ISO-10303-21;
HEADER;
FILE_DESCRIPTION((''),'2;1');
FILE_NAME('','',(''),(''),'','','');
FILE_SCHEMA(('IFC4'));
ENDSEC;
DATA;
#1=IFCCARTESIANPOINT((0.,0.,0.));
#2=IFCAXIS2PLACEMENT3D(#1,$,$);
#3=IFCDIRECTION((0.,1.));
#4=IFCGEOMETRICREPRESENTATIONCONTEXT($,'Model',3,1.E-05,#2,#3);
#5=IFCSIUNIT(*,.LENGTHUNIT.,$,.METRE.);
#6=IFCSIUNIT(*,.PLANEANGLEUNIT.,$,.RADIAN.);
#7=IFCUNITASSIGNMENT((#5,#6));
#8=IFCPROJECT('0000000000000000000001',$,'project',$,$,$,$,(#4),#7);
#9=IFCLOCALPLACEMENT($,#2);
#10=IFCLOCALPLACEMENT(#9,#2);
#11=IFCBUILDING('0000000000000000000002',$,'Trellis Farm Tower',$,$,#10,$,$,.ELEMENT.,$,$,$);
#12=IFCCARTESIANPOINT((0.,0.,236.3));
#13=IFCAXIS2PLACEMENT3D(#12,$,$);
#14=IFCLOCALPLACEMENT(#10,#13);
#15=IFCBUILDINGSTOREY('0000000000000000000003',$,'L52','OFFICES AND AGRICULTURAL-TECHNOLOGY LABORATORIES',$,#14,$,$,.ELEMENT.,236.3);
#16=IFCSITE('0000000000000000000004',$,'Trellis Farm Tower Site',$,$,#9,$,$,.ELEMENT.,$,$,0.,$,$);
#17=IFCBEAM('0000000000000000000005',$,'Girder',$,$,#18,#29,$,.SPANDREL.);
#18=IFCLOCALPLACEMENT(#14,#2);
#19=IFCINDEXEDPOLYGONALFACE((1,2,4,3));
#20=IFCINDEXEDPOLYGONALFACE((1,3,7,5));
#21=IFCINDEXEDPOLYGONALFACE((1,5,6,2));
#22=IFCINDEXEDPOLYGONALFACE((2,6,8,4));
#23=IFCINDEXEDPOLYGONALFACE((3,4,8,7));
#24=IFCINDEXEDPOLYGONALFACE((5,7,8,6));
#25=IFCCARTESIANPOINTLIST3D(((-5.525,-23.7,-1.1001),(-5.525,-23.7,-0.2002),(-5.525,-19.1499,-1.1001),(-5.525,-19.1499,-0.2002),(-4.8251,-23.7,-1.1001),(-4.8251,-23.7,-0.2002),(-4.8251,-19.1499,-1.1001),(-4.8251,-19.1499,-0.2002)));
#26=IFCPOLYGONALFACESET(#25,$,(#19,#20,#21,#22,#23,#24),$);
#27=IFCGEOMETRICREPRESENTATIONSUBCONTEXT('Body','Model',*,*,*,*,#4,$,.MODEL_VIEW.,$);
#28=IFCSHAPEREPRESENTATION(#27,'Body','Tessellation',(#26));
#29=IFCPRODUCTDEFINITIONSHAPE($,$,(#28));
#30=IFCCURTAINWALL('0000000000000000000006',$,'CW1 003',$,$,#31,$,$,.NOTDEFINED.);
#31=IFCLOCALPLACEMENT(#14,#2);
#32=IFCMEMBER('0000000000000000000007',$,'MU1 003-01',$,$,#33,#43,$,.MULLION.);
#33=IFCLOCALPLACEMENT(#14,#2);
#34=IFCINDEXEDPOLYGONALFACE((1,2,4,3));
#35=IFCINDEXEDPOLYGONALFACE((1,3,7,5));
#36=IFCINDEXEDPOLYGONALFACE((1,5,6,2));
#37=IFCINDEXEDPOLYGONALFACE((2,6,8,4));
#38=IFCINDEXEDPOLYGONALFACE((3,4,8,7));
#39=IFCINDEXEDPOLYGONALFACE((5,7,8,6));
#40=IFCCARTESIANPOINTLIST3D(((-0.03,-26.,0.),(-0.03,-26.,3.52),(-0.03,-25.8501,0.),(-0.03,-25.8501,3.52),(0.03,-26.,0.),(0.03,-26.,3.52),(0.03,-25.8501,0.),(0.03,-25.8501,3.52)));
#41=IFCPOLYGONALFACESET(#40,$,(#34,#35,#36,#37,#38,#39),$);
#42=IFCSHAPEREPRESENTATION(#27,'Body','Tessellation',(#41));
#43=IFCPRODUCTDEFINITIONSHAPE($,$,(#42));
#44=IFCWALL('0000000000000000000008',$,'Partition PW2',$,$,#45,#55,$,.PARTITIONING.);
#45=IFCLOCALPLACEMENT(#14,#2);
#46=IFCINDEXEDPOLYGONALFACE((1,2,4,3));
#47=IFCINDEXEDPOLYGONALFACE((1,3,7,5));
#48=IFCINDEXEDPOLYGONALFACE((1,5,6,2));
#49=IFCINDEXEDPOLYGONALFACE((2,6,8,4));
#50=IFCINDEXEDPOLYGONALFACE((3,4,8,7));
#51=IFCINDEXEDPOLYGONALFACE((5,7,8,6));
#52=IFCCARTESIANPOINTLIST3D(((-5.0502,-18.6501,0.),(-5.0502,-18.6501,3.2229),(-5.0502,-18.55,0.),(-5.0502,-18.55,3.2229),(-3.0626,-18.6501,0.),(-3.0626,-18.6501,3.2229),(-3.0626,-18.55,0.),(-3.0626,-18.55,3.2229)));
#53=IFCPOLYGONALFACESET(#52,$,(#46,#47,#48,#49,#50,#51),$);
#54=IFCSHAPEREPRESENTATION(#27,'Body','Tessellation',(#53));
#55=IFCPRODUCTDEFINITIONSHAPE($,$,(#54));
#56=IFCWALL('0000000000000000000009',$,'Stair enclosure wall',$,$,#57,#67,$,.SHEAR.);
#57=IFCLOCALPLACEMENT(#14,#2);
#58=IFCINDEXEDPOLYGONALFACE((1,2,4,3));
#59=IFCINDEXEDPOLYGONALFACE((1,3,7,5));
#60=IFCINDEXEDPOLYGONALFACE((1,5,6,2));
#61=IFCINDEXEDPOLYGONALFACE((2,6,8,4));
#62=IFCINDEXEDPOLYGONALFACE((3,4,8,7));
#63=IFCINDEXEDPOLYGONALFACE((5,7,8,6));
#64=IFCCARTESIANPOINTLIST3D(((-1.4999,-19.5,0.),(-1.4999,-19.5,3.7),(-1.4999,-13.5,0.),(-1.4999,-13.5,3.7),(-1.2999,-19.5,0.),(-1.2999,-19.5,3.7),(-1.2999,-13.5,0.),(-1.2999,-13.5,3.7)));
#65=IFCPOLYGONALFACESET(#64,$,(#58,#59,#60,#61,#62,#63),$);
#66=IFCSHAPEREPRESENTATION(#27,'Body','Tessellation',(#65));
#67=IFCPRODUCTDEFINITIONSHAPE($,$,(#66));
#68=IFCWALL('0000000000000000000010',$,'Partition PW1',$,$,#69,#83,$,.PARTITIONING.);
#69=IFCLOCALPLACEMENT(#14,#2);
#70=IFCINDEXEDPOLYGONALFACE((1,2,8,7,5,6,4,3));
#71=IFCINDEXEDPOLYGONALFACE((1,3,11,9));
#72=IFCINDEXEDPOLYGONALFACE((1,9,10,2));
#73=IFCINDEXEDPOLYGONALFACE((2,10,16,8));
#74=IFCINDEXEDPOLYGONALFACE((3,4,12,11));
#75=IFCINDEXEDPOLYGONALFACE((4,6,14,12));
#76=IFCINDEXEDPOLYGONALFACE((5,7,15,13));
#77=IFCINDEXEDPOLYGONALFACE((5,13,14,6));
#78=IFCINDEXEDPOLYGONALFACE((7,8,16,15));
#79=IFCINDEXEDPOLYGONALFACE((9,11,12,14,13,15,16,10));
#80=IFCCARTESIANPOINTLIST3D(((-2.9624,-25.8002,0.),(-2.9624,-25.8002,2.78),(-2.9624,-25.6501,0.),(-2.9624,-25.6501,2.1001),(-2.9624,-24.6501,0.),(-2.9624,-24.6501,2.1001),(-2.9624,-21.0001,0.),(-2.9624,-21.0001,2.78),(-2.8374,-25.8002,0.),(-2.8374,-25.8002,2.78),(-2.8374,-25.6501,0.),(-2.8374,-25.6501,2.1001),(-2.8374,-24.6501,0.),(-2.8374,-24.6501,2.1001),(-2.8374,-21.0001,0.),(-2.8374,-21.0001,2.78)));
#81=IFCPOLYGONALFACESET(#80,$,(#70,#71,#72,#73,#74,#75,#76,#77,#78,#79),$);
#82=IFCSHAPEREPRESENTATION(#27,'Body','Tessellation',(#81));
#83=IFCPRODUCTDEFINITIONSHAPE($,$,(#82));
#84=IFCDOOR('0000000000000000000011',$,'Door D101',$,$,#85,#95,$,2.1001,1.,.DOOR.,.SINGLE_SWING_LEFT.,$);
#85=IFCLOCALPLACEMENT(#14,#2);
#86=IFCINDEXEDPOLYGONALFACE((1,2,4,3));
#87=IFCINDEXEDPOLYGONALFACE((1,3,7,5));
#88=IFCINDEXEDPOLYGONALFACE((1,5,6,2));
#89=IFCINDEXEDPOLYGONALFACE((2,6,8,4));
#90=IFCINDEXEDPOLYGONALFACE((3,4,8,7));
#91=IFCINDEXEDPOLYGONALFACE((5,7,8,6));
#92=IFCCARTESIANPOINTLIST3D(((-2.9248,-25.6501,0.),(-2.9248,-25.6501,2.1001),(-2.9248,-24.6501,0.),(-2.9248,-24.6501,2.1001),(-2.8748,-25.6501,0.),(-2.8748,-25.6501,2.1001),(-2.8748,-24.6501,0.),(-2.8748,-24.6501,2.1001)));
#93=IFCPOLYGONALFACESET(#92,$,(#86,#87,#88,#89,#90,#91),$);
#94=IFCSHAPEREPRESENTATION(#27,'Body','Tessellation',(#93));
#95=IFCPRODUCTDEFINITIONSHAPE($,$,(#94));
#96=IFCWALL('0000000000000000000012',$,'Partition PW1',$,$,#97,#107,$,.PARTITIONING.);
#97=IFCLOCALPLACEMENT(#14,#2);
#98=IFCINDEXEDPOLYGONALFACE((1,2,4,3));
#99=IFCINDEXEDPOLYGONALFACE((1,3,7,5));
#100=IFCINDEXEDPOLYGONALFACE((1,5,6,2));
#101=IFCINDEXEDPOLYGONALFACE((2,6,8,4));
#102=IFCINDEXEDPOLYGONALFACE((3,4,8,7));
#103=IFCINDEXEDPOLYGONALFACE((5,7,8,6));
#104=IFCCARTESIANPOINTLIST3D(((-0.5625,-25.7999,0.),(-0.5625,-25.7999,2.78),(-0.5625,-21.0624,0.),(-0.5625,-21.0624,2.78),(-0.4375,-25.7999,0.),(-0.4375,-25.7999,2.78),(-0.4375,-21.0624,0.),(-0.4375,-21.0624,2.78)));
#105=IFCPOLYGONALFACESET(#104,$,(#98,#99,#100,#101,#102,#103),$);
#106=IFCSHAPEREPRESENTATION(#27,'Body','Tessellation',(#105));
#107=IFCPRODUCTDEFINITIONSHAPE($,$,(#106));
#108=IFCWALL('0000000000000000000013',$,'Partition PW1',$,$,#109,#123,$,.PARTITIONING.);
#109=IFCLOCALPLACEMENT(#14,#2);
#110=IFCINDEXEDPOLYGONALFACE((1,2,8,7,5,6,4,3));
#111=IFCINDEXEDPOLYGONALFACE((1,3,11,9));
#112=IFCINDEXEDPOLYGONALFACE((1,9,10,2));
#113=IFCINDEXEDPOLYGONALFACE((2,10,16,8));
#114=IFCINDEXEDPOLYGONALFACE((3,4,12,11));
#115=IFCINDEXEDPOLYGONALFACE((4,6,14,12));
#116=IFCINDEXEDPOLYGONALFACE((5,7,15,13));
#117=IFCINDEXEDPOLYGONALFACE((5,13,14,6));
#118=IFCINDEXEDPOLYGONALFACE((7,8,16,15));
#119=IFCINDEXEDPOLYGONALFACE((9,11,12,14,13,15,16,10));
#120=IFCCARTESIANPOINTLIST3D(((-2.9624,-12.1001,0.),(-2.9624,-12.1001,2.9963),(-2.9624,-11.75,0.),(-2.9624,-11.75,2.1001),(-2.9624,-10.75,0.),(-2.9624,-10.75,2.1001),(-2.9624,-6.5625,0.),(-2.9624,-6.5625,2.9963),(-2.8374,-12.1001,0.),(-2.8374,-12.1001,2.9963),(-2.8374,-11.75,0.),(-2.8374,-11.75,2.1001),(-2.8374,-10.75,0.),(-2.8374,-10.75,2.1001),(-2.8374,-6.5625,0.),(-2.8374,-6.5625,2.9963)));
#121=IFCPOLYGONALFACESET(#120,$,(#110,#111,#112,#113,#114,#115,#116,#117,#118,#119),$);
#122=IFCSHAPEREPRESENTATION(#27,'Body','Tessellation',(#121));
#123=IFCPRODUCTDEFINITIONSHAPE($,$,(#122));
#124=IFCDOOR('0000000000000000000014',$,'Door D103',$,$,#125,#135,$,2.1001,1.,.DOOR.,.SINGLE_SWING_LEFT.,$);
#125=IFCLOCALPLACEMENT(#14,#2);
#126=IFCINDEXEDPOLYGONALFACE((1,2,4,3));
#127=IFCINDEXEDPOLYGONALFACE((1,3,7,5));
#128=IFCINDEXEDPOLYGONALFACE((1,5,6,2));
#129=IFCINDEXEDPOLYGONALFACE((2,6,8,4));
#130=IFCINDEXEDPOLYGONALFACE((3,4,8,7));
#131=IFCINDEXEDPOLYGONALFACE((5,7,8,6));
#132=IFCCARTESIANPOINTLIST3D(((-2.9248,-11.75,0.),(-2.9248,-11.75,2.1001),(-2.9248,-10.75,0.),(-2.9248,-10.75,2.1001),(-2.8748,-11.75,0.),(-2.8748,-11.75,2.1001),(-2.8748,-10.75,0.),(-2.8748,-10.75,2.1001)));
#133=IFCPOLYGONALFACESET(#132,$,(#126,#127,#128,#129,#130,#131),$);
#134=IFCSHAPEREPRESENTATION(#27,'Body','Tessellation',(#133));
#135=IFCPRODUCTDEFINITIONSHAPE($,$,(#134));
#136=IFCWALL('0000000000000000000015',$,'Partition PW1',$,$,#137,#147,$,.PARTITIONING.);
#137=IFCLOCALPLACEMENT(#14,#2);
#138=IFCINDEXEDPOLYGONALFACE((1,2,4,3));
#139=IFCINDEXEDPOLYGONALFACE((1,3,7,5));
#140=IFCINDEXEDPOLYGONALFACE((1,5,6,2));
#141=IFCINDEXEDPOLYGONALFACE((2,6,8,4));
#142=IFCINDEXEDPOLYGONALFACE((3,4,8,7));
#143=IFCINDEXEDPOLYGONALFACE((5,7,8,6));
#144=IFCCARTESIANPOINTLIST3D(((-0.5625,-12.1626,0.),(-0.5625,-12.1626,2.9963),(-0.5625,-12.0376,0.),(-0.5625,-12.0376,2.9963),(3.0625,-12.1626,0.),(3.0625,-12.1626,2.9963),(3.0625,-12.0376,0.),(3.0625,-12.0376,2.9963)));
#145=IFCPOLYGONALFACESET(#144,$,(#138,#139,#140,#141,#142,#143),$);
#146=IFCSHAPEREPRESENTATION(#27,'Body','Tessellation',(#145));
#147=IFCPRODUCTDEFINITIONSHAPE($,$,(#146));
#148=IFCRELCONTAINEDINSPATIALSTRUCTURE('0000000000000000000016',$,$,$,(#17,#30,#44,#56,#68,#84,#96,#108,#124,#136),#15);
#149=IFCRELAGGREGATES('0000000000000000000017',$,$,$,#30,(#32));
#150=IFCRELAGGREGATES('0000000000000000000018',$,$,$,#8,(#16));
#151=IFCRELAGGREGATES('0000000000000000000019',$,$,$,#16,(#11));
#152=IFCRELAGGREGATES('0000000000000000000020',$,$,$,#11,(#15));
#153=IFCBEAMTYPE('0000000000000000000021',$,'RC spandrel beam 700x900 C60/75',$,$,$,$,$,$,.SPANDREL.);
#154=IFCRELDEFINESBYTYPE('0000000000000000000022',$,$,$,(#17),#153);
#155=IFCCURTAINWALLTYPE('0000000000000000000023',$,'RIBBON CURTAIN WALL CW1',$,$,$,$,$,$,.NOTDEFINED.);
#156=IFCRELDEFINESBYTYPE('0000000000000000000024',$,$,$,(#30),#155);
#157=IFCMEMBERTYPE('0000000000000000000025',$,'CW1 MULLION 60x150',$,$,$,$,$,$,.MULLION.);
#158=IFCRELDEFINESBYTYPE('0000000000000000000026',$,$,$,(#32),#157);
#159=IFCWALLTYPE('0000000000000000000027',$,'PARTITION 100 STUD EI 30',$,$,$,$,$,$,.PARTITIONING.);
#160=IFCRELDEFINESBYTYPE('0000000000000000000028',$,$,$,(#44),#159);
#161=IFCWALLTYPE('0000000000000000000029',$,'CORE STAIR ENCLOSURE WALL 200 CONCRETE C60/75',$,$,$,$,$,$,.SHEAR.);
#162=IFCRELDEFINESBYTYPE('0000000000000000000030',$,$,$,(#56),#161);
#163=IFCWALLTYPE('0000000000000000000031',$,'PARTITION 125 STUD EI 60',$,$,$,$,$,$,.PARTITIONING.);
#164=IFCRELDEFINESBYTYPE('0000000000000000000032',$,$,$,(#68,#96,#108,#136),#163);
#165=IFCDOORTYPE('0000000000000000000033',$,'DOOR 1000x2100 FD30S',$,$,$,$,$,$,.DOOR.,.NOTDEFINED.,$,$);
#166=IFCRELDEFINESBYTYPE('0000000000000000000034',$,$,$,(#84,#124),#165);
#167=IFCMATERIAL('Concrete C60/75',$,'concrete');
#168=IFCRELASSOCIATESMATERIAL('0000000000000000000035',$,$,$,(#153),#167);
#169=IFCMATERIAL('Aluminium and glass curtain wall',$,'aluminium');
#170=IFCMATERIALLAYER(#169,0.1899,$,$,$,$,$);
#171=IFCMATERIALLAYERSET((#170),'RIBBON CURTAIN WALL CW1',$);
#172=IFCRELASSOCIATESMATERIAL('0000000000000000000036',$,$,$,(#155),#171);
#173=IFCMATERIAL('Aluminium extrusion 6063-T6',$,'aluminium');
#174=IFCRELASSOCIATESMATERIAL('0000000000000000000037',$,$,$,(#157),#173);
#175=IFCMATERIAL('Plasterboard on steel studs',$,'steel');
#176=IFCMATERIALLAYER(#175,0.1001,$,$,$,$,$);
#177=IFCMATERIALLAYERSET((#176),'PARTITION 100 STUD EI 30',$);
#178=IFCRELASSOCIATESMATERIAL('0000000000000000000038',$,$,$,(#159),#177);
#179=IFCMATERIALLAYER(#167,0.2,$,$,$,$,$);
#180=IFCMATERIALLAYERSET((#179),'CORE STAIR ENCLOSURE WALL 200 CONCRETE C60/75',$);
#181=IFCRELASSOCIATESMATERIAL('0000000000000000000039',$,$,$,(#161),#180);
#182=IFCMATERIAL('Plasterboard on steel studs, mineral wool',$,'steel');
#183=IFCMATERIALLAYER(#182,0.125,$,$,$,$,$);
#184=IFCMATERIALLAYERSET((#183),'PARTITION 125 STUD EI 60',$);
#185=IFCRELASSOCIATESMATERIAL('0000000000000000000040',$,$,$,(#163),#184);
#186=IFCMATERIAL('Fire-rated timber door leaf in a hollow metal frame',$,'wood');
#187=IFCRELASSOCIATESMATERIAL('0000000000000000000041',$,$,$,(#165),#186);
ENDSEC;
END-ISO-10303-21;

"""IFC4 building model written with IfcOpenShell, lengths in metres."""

from ifc_helpers import new_model, si_unit, direction, frame, frame_2d, origin, origin_2d, place, context, subcontext, project, spatial, rectangle, extrude, source, transform, mapped, material, layer, layer_set, material_profile, profile_set, type_object, element, fill, aggregate, save


model = new_model("IFC4")

# Units and contexts
model_context = context("Model", 3, precision=1e-05, world=origin(), true_north=direction((0.0, 1.0)))
body_context = subcontext(model_context, "Body", "Model", "MODEL_VIEW")
ifc_project = project(units=[si_unit("LENGTHUNIT", "METRE"), si_unit("PLANEANGLEUNIT", "RADIAN")], contexts=[model_context])

# Site, building, storey
site_placement = place(None, origin())
site = spatial("IfcSite", under=ifc_project, at=site_placement, Name="Trellis Farm Tower Site", CompositionType="ELEMENT", RefElevation=0.0)
building_placement = place(site_placement, origin())
building = spatial("IfcBuilding", under=site, at=building_placement, Name="Trellis Farm Tower", CompositionType="ELEMENT")
storey_placement = place(building_placement, frame((0.0, 0.0, 236.3)))
storey = spatial("IfcBuildingStorey", under=building, at=storey_placement, Name="L52", Description="OFFICES AND AGRICULTURAL-TECHNOLOGY LABORATORIES", CompositionType="ELEMENT", Elevation=236.3)

# Shared definitions
ifc_material_1 = material(Name="Concrete C60/75", Category="concrete")

# Beam
ifc_material_profile_1 = material_profile(ifc_material_1, rectangle(XDim=0.7, YDim=0.8999, at=origin_2d()), Name="RC spandrel beam 700x900 C60/75")
ifc_profile_set_1 = profile_set([ifc_material_profile_1], Name="Concrete C60/75")
beam_type_1 = type_object("IfcBeamType", Name="RC spandrel beam 700x900 C60/75", PredefinedType="SPANDREL", material=ifc_profile_set_1)
shared_shape_1 = source(origin(), body_context, "Body", "SweptSolid", [
    extrude(rectangle(XDim=0.7, YDim=0.8999, at=origin_2d()), origin(), (0.0, 0.0, 1.0), 4.55),
])
beam_1_placement = place(storey_placement, frame((-5.175, -23.7, -0.6501), z_axis=(0.0, 1.0, 0.0), x_axis=(-1.0, 0.0, 0.0)))
element("IfcBeam", 1, at=beam_1_placement, inside=storey, type_object=beam_type_1, Name="Girder", PredefinedType="SPANDREL", context=body_context, shape_type="MappedRepresentation", body=[
    mapped(shared_shape_1, transform((0.0, 0.0, 0.0))),
])

# Curtain wall, member
ifc_material_2 = material(Name="Aluminium and glass curtain wall", Category="aluminium")
ifc_layer_1 = layer(ifc_material_2, 0.1899)
ifc_layer_set_1 = layer_set([ifc_layer_1], Name="RIBBON CURTAIN WALL CW1")
curtain_wall_type = type_object("IfcCurtainWallType", Name="RIBBON CURTAIN WALL CW1", PredefinedType="NOTDEFINED", material=ifc_layer_set_1)
placement = place(storey_placement, origin())
curtain_wall = element("IfcCurtainWall", 2, at=placement, inside=storey, type_object=curtain_wall_type, Name="CW1 003", PredefinedType="NOTDEFINED")
ifc_material_3 = material(Name="Aluminium extrusion 6063-T6", Category="aluminium")
ifc_material_profile_2 = material_profile(ifc_material_3, rectangle(XDim=0.0601, YDim=0.1499, at=origin_2d()), Name="MULLION 60x150")
ifc_profile_set_2 = profile_set([ifc_material_profile_2], Name="Aluminium extrusion 6063-T6")
member_type = type_object("IfcMemberType", Name="CW1 MULLION 60x150", PredefinedType="MULLION", material=ifc_profile_set_2)
shared_shape_2 = source(origin(), body_context, "Body", "SweptSolid", [
    extrude(rectangle(XDim=0.0601, YDim=0.1499, at=origin_2d()), origin(), (0.0, 0.0, 1.0), 3.52),
])
member_placement = place(storey_placement, frame((0.0, -25.925, 0.0), z_axis=(0.0, 0.0, 1.0), x_axis=(1.0, 0.0, 0.0)))
member = element("IfcMember", 3, at=member_placement, type_object=member_type, Name="MU1 003-01", PredefinedType="MULLION", context=body_context, shape_type="MappedRepresentation", body=[
    mapped(shared_shape_2, transform((0.0, 0.0, 0.0))),
])
aggregate(curtain_wall, [member])

# Walls
ifc_material_4 = material(Name="Plasterboard on steel studs", Category="steel")
ifc_layer_2 = layer(ifc_material_4, 0.1001)
ifc_layer_set_2 = layer_set([ifc_layer_2], Name="PARTITION 100 STUD EI 30")
wall_type_1 = type_object("IfcWallType", Name="PARTITION 100 STUD EI 30", PredefinedType="PARTITIONING", material=ifc_layer_set_2)
wall_1_placement = place(storey_placement, frame((-5.05, -18.6001, 0.0), z_axis=(0.0, 0.0, 1.0), x_axis=(1.0, 0.0, 0.0)))
element("IfcWall", 4, at=wall_1_placement, inside=storey, type_object=wall_type_1, Name="Partition PW2", PredefinedType="PARTITIONING", context=body_context, shape_type="SweptSolid", body=[
    extrude(rectangle(XDim=1.9875, YDim=0.1001, at=frame_2d((0.9937, 0.0))), origin(), (0.0, 0.0, 1.0), 3.2229),
])
ifc_layer_3 = layer(ifc_material_1, 0.2)
ifc_layer_set_3 = layer_set([ifc_layer_3], Name="CORE STAIR ENCLOSURE WALL 200 CONCRETE C60/75")
wall_type_2 = type_object("IfcWallType", Name="CORE STAIR ENCLOSURE WALL 200 CONCRETE C60/75", PredefinedType="SHEAR", material=ifc_layer_set_3)
shared_shape_3 = source(origin(), body_context, "Body", "SweptSolid", [
    extrude(rectangle(XDim=6.0, YDim=0.2, at=frame_2d((3.0, 0.0))), origin(), (0.0, 0.0, 1.0), 3.7),
])
wall_2_placement = place(storey_placement, frame((-1.3999, -13.5, 0.0), z_axis=(0.0, 0.0, 1.0), x_axis=(0.0, -1.0, 0.0)))
element("IfcWall", 5, at=wall_2_placement, inside=storey, type_object=wall_type_2, Name="Stair enclosure wall", PredefinedType="SHEAR", context=body_context, shape_type="MappedRepresentation", body=[
    mapped(shared_shape_3, transform((0.0, 0.0, 0.0))),
])

# Wall, opening, door
ifc_material_5 = material(Name="Plasterboard on steel studs, mineral wool", Category="steel")
ifc_layer_4 = layer(ifc_material_5, 0.125)
ifc_layer_set_4 = layer_set([ifc_layer_4], Name="PARTITION 125 STUD EI 60")
wall_type_3 = type_object("IfcWallType", Name="PARTITION 125 STUD EI 60", PredefinedType="PARTITIONING", material=ifc_layer_set_4)
shared_shape_4 = source(origin(), body_context, "Body", "SweptSolid", [
    extrude(rectangle(XDim=4.8, YDim=0.125, at=frame_2d((2.3999, 0.0))), origin(), (0.0, 0.0, 1.0), 2.78),
])
wall_3_placement = place(storey_placement, frame((-2.8999, -25.8, 0.0), z_axis=(0.0, 0.0, 1.0), x_axis=(0.0, 1.0, 0.0)))
wall_3 = element("IfcWall", 6, at=wall_3_placement, inside=storey, type_object=wall_type_3, Name="Partition PW1", PredefinedType="PARTITIONING", context=body_context, shape_type="MappedRepresentation", body=[
    mapped(shared_shape_4, transform((0.0, 0.0, 0.0))),
])
shared_shape_5 = source(origin(), body_context, "Body", "SweptSolid", [
    extrude(rectangle(XDim=1.0, YDim=2.1001, at=frame_2d((0.5, 1.05))), frame((0.0, 0.0725, 0.0), z_axis=(0.0, -1.0, 0.0), x_axis=(1.0, 0.0, 0.0)), (0.0, 0.0, 1.0), 0.145),
])
opening_1_placement = place(wall_3_placement, frame((0.1499, 0.0, 0.0)))
opening_1 = element("IfcOpeningElement", 7, at=opening_1_placement, cuts=wall_3, PredefinedType="OPENING", context=body_context, shape_type="MappedRepresentation", body=[
    mapped(shared_shape_5, transform((0.0, 0.0, 0.0))),
])
ifc_material_6 = material(Name="Fire-rated timber door leaf in a hollow metal frame", Category="wood")
door_type = type_object("IfcDoorType", Name="DOOR 1000x2100 FD30S", OperationType="NOTDEFINED", PredefinedType="DOOR", material=ifc_material_6)
shared_shape_6 = source(origin(), body_context, "Body", "SweptSolid", [
    extrude(rectangle(XDim=1.0, YDim=2.1001, at=frame_2d((0.5, 1.05))), frame((0.0, 0.0249, 0.0), z_axis=(0.0, -1.0, 0.0), x_axis=(1.0, 0.0, 0.0)), (0.0, 0.0, 1.0), 0.05),
])
door_1_placement = place(opening_1_placement, origin())
door_1 = element("IfcDoor", 8, at=door_1_placement, inside=storey, type_object=door_type, Name="Door D101", OperationType="SINGLE_SWING_LEFT", OverallHeight=2.1001, OverallWidth=1.0, PredefinedType="DOOR", context=body_context, shape_type="MappedRepresentation", body=[
    mapped(shared_shape_6, transform((0.0, 0.0, 0.0))),
])
fill(opening_1, door_1)

# Wall
shared_shape_7 = source(origin(), body_context, "Body", "SweptSolid", [
    extrude(rectangle(XDim=4.7375, YDim=0.125, at=frame_2d((2.3687, 0.0))), origin(), (0.0, 0.0, 1.0), 2.78),
])
wall_4_placement = place(storey_placement, frame((-0.5, -21.0625, 0.0), z_axis=(0.0, 0.0, 1.0), x_axis=(0.0, -1.0, 0.0)))
element("IfcWall", 9, at=wall_4_placement, inside=storey, type_object=wall_type_3, Name="Partition PW1", PredefinedType="PARTITIONING", context=body_context, shape_type="MappedRepresentation", body=[
    mapped(shared_shape_7, transform((0.0, 0.0, 0.0))),
])

# Wall, opening, door
shared_shape_8 = source(origin(), body_context, "Body", "SweptSolid", [
    extrude(rectangle(XDim=5.5376, YDim=0.125, at=frame_2d((2.7688, 0.0))), origin(), (0.0, 0.0, 1.0), 2.9963),
])
wall_5_placement = place(storey_placement, frame((-2.8999, -12.1001, 0.0), z_axis=(0.0, 0.0, 1.0), x_axis=(0.0, 1.0, 0.0)))
wall_5 = element("IfcWall", 10, at=wall_5_placement, inside=storey, type_object=wall_type_3, Name="Partition PW1", PredefinedType="PARTITIONING", context=body_context, shape_type="MappedRepresentation", body=[
    mapped(shared_shape_8, transform((0.0, 0.0, 0.0))),
])
opening_2_placement = place(wall_5_placement, frame((0.3501, 0.0, 0.0)))
opening_2 = element("IfcOpeningElement", 11, at=opening_2_placement, cuts=wall_5, PredefinedType="OPENING", context=body_context, shape_type="MappedRepresentation", body=[
    mapped(shared_shape_5, transform((0.0, 0.0, 0.0))),
])
door_2_placement = place(opening_2_placement, origin())
door_2 = element("IfcDoor", 12, at=door_2_placement, inside=storey, type_object=door_type, Name="Door D103", OperationType="SINGLE_SWING_LEFT", OverallHeight=2.1001, OverallWidth=1.0, PredefinedType="DOOR", context=body_context, shape_type="MappedRepresentation", body=[
    mapped(shared_shape_6, transform((0.0, 0.0, 0.0))),
])
fill(opening_2, door_2)

# Wall
shared_shape_9 = source(origin(), body_context, "Body", "SweptSolid", [
    extrude(rectangle(XDim=3.625, YDim=0.125, at=frame_2d((1.8125, 0.0))), origin(), (0.0, 0.0, 1.0), 2.9963),
])
wall_6_placement = place(storey_placement, frame((-0.5625, -12.1001, 0.0), z_axis=(0.0, 0.0, 1.0), x_axis=(1.0, 0.0, 0.0)))
element("IfcWall", 13, at=wall_6_placement, inside=storey, type_object=wall_type_3, Name="Partition PW1", PredefinedType="PARTITIONING", context=body_context, shape_type="MappedRepresentation", body=[
    mapped(shared_shape_9, transform((0.0, 0.0, 0.0))),
])

save(model, "model.ifc")
